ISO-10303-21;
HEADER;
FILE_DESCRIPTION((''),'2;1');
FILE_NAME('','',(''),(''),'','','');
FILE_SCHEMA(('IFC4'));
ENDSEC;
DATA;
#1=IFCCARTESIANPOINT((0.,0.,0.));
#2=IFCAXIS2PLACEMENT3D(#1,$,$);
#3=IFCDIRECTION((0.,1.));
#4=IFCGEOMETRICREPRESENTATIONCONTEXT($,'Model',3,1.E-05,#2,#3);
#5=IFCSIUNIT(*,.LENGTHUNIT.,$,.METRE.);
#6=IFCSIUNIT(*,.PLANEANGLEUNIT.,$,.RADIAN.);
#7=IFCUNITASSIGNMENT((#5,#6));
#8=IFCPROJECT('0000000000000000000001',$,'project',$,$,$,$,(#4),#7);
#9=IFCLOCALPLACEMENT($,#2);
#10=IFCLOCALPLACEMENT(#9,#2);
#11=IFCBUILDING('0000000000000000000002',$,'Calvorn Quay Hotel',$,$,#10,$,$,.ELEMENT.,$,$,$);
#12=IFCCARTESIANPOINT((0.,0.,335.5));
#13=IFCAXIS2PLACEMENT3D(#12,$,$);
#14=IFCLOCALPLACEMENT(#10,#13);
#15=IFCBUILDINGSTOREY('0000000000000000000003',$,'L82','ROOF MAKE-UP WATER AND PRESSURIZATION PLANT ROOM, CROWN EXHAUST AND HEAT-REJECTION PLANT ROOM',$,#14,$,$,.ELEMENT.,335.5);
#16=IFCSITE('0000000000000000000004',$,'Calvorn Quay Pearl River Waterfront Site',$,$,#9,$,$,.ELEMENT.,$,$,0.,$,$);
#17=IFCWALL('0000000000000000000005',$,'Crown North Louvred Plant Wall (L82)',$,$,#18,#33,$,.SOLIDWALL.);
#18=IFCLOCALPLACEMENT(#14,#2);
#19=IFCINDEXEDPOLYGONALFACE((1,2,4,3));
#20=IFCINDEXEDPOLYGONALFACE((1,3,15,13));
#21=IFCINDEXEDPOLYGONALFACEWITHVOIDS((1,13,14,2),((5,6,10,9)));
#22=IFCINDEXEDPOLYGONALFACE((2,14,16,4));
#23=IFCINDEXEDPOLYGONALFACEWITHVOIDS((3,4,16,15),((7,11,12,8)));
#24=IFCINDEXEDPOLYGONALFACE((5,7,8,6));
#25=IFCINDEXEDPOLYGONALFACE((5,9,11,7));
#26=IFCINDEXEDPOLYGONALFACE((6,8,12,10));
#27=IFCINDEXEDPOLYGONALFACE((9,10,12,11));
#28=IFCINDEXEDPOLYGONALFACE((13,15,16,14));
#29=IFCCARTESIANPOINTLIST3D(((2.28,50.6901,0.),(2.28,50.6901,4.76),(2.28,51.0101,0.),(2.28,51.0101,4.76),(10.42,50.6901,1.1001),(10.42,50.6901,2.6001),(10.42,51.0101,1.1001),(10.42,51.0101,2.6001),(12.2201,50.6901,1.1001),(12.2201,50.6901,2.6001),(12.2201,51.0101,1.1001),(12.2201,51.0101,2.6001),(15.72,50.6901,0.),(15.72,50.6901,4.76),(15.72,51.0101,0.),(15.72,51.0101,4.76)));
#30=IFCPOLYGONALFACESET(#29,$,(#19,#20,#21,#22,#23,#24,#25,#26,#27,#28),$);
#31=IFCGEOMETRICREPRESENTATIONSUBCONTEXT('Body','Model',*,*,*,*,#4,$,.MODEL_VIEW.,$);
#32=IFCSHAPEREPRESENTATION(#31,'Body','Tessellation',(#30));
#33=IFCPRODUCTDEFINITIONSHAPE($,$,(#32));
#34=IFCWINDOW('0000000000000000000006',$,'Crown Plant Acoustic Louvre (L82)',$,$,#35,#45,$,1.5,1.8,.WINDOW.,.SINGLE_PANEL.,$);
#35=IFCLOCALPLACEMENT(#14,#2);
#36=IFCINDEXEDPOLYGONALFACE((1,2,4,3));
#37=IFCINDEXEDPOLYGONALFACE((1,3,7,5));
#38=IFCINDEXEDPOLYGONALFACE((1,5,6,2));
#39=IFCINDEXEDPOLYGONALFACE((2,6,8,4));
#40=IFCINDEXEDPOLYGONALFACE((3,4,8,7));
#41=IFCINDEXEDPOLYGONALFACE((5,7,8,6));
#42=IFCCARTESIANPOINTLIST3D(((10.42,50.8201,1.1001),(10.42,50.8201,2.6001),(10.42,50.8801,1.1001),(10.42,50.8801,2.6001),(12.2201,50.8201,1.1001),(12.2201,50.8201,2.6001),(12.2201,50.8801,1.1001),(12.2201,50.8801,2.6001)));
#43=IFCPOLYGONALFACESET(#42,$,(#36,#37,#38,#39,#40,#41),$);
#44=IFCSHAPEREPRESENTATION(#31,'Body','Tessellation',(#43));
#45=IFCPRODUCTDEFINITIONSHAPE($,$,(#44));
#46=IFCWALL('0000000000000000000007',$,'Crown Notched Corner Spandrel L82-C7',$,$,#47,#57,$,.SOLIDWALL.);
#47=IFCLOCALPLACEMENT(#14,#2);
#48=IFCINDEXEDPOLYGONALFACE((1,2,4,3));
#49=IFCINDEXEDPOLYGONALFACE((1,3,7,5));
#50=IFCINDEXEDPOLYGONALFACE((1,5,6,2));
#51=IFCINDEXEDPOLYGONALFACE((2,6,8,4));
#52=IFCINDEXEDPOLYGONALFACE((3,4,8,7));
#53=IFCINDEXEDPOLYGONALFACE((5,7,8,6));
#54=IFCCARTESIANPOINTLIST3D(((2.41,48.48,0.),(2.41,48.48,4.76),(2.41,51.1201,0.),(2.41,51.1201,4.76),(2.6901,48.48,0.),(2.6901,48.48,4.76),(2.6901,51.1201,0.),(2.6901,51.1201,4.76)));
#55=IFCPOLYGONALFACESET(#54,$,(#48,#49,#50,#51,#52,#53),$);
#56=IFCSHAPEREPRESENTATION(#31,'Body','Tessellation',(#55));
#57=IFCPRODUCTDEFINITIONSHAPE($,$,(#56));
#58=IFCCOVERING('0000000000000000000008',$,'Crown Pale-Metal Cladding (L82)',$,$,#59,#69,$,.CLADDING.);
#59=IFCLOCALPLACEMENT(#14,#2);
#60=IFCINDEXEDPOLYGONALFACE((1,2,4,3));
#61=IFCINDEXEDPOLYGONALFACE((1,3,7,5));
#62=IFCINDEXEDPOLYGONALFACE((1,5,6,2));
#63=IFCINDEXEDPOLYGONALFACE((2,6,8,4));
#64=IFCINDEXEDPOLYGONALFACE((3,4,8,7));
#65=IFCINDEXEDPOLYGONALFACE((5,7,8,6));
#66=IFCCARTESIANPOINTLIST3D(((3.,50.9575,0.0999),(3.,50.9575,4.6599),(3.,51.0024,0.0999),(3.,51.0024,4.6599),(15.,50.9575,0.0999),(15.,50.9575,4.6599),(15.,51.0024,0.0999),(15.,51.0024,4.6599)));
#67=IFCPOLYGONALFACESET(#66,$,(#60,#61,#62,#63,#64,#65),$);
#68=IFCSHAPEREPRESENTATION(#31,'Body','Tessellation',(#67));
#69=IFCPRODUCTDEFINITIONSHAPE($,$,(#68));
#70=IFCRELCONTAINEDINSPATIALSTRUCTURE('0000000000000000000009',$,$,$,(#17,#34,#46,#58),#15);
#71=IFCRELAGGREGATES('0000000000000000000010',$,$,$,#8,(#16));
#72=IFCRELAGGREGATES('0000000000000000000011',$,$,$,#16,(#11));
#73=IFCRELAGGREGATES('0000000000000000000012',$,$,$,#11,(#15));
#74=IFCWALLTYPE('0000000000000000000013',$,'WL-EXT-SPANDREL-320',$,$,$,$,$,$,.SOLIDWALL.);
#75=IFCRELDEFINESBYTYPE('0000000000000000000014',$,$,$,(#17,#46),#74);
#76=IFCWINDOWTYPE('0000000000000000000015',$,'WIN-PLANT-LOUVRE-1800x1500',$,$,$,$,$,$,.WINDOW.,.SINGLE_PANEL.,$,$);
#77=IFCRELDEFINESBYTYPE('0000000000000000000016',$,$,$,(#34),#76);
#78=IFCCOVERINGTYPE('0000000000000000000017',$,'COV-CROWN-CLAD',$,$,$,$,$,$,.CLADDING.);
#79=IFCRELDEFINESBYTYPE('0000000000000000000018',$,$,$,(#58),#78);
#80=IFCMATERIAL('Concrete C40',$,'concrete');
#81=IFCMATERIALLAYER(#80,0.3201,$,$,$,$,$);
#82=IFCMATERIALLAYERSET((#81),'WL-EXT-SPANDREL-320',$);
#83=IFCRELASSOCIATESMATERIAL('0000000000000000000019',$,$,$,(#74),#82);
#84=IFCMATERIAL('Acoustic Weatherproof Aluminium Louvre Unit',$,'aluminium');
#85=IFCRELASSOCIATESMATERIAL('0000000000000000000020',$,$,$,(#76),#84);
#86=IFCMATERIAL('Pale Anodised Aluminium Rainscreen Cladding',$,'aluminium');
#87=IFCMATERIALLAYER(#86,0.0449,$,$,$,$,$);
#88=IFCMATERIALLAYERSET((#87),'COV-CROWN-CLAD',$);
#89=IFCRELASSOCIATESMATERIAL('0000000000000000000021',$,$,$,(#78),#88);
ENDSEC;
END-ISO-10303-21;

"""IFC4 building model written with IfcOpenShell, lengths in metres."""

from ifc_helpers import new_model, si_unit, direction, frame, frame_2d, origin, origin_2d, place, context, subcontext, project, spatial, rectangle, extrude, material, layer, layer_set, type_object, element, fill, save


model = new_model("IFC4")

# Units and contexts
model_context = context("Model", 3, precision=1e-05, world=origin(), true_north=direction((0.0, 1.0)))
body_context = subcontext(model_context, "Body", "Model", "MODEL_VIEW")
ifc_project = project(units=[si_unit("LENGTHUNIT", "METRE"), si_unit("PLANEANGLEUNIT", "RADIAN")], contexts=[model_context])

# Site, building, storey
site_placement = place(None, origin())
site = spatial("IfcSite", under=ifc_project, at=site_placement, Name="Calvorn Quay Pearl River Waterfront Site", CompositionType="ELEMENT", RefElevation=0.0)
building_placement = place(site_placement, origin())
building = spatial("IfcBuilding", under=site, at=building_placement, Name="Calvorn Quay Hotel", CompositionType="ELEMENT")
storey_placement = place(building_placement, frame((0.0, 0.0, 335.5)))
storey = spatial("IfcBuildingStorey", under=building, at=storey_placement, Name="L82", Description="ROOF MAKE-UP WATER AND PRESSURIZATION PLANT ROOM, CROWN EXHAUST AND HEAT-REJECTION PLANT ROOM", CompositionType="ELEMENT", Elevation=335.5)

# Shared definitions
ifc_material_1 = material(Name="Concrete C40", Category="concrete")
ifc_layer_1 = layer(ifc_material_1, 0.3201)
ifc_layer_set_1 = layer_set([ifc_layer_1], Name="WL-EXT-SPANDREL-320")
wall_type_1 = type_object("IfcWallType", Name="WL-EXT-SPANDREL-320", PredefinedType="SOLIDWALL", material=ifc_layer_set_1)

# Wall, opening, window
wall_1_placement = place(storey_placement, frame((15.72, 50.8501, 0.0), z_axis=(0.0, 0.0, 1.0), x_axis=(-1.0, 0.0, 0.0)))
wall_1 = element("IfcWall", 1, at=wall_1_placement, inside=storey, type_object=wall_type_1, Name="Crown North Louvred Plant Wall (L82)", PredefinedType="SOLIDWALL", context=body_context, shape_type="SweptSolid", body=[
    extrude(rectangle(XDim=13.4399, YDim=0.3201, at=frame_2d((6.72, 0.0))), origin(), (0.0, 0.0, 1.0), 4.76),
])
opening_1_placement = place(wall_1_placement, frame((3.5, 0.0, 1.1001)))
opening_1 = element("IfcOpeningElement", 2, at=opening_1_placement, cuts=wall_1, PredefinedType="OPENING", context=body_context, shape_type="SweptSolid", body=[
    extrude(rectangle(XDim=1.8, YDim=1.5, at=frame_2d((0.8999, 0.75))), frame((0.0, 0.1699, 0.0), z_axis=(0.0, -1.0, 0.0), x_axis=(1.0, 0.0, 0.0)), (0.0, 0.0, 1.0), 0.3401),
])
ifc_material_2 = material(Name="Acoustic Weatherproof Aluminium Louvre Unit", Category="aluminium")
window_type = type_object("IfcWindowType", Name="WIN-PLANT-LOUVRE-1800x1500", PartitioningType="SINGLE_PANEL", PredefinedType="WINDOW", material=ifc_material_2)
window_placement = place(opening_1_placement, origin())
window = element("IfcWindow", 3, at=window_placement, inside=storey, type_object=window_type, Name="Crown Plant Acoustic Louvre (L82)", OverallHeight=1.5, OverallWidth=1.8, PartitioningType="SINGLE_PANEL", PredefinedType="WINDOW", context=body_context, shape_type="SweptSolid", body=[
    extrude(rectangle(XDim=1.8, YDim=1.5, at=frame_2d((0.8999, 0.75))), frame((0.0, 0.03, 0.0), z_axis=(0.0, -1.0, 0.0), x_axis=(1.0, 0.0, 0.0)), (0.0, 0.0, 1.0), 0.0601),
])
fill(opening_1, window)

# Wall
wall_2_placement = place(storey_placement, frame((2.55, 51.1201, 0.0), z_axis=(0.0, 0.0, 1.0), x_axis=(0.0, -1.0, 0.0)))
element("IfcWall", 4, at=wall_2_placement, inside=storey, type_object=wall_type_1, Name="Crown Notched Corner Spandrel L82-C7", PredefinedType="SOLIDWALL", context=body_context, shape_type="SweptSolid", body=[
    extrude(rectangle(XDim=2.6401, YDim=0.28, at=frame_2d((1.3201, 0.0))), origin(), (0.0, 0.0, 1.0), 4.76),
])

# Covering
ifc_material_3 = material(Name="Pale Anodised Aluminium Rainscreen Cladding", Category="aluminium")
ifc_layer_2 = layer(ifc_material_3, 0.0449)
ifc_layer_set_2 = layer_set([ifc_layer_2], Name="COV-CROWN-CLAD")
covering_type = type_object("IfcCoveringType", Name="COV-CROWN-CLAD", PredefinedType="CLADDING", material=ifc_layer_set_2)
covering_placement = place(storey_placement, frame((9.0, 50.98, 0.0999), z_axis=(0.0, 0.0, 1.0), x_axis=(1.0, 0.0, 0.0)))
element("IfcCovering", 5, at=covering_placement, inside=storey, type_object=covering_type, Name="Crown Pale-Metal Cladding (L82)", PredefinedType="CLADDING", context=body_context, shape_type="SweptSolid", body=[
    extrude(rectangle(XDim=12.0, YDim=0.0449, at=origin_2d()), origin(), (0.0, 0.0, 1.0), 4.5601),
])

save(model, "model.ifc")
